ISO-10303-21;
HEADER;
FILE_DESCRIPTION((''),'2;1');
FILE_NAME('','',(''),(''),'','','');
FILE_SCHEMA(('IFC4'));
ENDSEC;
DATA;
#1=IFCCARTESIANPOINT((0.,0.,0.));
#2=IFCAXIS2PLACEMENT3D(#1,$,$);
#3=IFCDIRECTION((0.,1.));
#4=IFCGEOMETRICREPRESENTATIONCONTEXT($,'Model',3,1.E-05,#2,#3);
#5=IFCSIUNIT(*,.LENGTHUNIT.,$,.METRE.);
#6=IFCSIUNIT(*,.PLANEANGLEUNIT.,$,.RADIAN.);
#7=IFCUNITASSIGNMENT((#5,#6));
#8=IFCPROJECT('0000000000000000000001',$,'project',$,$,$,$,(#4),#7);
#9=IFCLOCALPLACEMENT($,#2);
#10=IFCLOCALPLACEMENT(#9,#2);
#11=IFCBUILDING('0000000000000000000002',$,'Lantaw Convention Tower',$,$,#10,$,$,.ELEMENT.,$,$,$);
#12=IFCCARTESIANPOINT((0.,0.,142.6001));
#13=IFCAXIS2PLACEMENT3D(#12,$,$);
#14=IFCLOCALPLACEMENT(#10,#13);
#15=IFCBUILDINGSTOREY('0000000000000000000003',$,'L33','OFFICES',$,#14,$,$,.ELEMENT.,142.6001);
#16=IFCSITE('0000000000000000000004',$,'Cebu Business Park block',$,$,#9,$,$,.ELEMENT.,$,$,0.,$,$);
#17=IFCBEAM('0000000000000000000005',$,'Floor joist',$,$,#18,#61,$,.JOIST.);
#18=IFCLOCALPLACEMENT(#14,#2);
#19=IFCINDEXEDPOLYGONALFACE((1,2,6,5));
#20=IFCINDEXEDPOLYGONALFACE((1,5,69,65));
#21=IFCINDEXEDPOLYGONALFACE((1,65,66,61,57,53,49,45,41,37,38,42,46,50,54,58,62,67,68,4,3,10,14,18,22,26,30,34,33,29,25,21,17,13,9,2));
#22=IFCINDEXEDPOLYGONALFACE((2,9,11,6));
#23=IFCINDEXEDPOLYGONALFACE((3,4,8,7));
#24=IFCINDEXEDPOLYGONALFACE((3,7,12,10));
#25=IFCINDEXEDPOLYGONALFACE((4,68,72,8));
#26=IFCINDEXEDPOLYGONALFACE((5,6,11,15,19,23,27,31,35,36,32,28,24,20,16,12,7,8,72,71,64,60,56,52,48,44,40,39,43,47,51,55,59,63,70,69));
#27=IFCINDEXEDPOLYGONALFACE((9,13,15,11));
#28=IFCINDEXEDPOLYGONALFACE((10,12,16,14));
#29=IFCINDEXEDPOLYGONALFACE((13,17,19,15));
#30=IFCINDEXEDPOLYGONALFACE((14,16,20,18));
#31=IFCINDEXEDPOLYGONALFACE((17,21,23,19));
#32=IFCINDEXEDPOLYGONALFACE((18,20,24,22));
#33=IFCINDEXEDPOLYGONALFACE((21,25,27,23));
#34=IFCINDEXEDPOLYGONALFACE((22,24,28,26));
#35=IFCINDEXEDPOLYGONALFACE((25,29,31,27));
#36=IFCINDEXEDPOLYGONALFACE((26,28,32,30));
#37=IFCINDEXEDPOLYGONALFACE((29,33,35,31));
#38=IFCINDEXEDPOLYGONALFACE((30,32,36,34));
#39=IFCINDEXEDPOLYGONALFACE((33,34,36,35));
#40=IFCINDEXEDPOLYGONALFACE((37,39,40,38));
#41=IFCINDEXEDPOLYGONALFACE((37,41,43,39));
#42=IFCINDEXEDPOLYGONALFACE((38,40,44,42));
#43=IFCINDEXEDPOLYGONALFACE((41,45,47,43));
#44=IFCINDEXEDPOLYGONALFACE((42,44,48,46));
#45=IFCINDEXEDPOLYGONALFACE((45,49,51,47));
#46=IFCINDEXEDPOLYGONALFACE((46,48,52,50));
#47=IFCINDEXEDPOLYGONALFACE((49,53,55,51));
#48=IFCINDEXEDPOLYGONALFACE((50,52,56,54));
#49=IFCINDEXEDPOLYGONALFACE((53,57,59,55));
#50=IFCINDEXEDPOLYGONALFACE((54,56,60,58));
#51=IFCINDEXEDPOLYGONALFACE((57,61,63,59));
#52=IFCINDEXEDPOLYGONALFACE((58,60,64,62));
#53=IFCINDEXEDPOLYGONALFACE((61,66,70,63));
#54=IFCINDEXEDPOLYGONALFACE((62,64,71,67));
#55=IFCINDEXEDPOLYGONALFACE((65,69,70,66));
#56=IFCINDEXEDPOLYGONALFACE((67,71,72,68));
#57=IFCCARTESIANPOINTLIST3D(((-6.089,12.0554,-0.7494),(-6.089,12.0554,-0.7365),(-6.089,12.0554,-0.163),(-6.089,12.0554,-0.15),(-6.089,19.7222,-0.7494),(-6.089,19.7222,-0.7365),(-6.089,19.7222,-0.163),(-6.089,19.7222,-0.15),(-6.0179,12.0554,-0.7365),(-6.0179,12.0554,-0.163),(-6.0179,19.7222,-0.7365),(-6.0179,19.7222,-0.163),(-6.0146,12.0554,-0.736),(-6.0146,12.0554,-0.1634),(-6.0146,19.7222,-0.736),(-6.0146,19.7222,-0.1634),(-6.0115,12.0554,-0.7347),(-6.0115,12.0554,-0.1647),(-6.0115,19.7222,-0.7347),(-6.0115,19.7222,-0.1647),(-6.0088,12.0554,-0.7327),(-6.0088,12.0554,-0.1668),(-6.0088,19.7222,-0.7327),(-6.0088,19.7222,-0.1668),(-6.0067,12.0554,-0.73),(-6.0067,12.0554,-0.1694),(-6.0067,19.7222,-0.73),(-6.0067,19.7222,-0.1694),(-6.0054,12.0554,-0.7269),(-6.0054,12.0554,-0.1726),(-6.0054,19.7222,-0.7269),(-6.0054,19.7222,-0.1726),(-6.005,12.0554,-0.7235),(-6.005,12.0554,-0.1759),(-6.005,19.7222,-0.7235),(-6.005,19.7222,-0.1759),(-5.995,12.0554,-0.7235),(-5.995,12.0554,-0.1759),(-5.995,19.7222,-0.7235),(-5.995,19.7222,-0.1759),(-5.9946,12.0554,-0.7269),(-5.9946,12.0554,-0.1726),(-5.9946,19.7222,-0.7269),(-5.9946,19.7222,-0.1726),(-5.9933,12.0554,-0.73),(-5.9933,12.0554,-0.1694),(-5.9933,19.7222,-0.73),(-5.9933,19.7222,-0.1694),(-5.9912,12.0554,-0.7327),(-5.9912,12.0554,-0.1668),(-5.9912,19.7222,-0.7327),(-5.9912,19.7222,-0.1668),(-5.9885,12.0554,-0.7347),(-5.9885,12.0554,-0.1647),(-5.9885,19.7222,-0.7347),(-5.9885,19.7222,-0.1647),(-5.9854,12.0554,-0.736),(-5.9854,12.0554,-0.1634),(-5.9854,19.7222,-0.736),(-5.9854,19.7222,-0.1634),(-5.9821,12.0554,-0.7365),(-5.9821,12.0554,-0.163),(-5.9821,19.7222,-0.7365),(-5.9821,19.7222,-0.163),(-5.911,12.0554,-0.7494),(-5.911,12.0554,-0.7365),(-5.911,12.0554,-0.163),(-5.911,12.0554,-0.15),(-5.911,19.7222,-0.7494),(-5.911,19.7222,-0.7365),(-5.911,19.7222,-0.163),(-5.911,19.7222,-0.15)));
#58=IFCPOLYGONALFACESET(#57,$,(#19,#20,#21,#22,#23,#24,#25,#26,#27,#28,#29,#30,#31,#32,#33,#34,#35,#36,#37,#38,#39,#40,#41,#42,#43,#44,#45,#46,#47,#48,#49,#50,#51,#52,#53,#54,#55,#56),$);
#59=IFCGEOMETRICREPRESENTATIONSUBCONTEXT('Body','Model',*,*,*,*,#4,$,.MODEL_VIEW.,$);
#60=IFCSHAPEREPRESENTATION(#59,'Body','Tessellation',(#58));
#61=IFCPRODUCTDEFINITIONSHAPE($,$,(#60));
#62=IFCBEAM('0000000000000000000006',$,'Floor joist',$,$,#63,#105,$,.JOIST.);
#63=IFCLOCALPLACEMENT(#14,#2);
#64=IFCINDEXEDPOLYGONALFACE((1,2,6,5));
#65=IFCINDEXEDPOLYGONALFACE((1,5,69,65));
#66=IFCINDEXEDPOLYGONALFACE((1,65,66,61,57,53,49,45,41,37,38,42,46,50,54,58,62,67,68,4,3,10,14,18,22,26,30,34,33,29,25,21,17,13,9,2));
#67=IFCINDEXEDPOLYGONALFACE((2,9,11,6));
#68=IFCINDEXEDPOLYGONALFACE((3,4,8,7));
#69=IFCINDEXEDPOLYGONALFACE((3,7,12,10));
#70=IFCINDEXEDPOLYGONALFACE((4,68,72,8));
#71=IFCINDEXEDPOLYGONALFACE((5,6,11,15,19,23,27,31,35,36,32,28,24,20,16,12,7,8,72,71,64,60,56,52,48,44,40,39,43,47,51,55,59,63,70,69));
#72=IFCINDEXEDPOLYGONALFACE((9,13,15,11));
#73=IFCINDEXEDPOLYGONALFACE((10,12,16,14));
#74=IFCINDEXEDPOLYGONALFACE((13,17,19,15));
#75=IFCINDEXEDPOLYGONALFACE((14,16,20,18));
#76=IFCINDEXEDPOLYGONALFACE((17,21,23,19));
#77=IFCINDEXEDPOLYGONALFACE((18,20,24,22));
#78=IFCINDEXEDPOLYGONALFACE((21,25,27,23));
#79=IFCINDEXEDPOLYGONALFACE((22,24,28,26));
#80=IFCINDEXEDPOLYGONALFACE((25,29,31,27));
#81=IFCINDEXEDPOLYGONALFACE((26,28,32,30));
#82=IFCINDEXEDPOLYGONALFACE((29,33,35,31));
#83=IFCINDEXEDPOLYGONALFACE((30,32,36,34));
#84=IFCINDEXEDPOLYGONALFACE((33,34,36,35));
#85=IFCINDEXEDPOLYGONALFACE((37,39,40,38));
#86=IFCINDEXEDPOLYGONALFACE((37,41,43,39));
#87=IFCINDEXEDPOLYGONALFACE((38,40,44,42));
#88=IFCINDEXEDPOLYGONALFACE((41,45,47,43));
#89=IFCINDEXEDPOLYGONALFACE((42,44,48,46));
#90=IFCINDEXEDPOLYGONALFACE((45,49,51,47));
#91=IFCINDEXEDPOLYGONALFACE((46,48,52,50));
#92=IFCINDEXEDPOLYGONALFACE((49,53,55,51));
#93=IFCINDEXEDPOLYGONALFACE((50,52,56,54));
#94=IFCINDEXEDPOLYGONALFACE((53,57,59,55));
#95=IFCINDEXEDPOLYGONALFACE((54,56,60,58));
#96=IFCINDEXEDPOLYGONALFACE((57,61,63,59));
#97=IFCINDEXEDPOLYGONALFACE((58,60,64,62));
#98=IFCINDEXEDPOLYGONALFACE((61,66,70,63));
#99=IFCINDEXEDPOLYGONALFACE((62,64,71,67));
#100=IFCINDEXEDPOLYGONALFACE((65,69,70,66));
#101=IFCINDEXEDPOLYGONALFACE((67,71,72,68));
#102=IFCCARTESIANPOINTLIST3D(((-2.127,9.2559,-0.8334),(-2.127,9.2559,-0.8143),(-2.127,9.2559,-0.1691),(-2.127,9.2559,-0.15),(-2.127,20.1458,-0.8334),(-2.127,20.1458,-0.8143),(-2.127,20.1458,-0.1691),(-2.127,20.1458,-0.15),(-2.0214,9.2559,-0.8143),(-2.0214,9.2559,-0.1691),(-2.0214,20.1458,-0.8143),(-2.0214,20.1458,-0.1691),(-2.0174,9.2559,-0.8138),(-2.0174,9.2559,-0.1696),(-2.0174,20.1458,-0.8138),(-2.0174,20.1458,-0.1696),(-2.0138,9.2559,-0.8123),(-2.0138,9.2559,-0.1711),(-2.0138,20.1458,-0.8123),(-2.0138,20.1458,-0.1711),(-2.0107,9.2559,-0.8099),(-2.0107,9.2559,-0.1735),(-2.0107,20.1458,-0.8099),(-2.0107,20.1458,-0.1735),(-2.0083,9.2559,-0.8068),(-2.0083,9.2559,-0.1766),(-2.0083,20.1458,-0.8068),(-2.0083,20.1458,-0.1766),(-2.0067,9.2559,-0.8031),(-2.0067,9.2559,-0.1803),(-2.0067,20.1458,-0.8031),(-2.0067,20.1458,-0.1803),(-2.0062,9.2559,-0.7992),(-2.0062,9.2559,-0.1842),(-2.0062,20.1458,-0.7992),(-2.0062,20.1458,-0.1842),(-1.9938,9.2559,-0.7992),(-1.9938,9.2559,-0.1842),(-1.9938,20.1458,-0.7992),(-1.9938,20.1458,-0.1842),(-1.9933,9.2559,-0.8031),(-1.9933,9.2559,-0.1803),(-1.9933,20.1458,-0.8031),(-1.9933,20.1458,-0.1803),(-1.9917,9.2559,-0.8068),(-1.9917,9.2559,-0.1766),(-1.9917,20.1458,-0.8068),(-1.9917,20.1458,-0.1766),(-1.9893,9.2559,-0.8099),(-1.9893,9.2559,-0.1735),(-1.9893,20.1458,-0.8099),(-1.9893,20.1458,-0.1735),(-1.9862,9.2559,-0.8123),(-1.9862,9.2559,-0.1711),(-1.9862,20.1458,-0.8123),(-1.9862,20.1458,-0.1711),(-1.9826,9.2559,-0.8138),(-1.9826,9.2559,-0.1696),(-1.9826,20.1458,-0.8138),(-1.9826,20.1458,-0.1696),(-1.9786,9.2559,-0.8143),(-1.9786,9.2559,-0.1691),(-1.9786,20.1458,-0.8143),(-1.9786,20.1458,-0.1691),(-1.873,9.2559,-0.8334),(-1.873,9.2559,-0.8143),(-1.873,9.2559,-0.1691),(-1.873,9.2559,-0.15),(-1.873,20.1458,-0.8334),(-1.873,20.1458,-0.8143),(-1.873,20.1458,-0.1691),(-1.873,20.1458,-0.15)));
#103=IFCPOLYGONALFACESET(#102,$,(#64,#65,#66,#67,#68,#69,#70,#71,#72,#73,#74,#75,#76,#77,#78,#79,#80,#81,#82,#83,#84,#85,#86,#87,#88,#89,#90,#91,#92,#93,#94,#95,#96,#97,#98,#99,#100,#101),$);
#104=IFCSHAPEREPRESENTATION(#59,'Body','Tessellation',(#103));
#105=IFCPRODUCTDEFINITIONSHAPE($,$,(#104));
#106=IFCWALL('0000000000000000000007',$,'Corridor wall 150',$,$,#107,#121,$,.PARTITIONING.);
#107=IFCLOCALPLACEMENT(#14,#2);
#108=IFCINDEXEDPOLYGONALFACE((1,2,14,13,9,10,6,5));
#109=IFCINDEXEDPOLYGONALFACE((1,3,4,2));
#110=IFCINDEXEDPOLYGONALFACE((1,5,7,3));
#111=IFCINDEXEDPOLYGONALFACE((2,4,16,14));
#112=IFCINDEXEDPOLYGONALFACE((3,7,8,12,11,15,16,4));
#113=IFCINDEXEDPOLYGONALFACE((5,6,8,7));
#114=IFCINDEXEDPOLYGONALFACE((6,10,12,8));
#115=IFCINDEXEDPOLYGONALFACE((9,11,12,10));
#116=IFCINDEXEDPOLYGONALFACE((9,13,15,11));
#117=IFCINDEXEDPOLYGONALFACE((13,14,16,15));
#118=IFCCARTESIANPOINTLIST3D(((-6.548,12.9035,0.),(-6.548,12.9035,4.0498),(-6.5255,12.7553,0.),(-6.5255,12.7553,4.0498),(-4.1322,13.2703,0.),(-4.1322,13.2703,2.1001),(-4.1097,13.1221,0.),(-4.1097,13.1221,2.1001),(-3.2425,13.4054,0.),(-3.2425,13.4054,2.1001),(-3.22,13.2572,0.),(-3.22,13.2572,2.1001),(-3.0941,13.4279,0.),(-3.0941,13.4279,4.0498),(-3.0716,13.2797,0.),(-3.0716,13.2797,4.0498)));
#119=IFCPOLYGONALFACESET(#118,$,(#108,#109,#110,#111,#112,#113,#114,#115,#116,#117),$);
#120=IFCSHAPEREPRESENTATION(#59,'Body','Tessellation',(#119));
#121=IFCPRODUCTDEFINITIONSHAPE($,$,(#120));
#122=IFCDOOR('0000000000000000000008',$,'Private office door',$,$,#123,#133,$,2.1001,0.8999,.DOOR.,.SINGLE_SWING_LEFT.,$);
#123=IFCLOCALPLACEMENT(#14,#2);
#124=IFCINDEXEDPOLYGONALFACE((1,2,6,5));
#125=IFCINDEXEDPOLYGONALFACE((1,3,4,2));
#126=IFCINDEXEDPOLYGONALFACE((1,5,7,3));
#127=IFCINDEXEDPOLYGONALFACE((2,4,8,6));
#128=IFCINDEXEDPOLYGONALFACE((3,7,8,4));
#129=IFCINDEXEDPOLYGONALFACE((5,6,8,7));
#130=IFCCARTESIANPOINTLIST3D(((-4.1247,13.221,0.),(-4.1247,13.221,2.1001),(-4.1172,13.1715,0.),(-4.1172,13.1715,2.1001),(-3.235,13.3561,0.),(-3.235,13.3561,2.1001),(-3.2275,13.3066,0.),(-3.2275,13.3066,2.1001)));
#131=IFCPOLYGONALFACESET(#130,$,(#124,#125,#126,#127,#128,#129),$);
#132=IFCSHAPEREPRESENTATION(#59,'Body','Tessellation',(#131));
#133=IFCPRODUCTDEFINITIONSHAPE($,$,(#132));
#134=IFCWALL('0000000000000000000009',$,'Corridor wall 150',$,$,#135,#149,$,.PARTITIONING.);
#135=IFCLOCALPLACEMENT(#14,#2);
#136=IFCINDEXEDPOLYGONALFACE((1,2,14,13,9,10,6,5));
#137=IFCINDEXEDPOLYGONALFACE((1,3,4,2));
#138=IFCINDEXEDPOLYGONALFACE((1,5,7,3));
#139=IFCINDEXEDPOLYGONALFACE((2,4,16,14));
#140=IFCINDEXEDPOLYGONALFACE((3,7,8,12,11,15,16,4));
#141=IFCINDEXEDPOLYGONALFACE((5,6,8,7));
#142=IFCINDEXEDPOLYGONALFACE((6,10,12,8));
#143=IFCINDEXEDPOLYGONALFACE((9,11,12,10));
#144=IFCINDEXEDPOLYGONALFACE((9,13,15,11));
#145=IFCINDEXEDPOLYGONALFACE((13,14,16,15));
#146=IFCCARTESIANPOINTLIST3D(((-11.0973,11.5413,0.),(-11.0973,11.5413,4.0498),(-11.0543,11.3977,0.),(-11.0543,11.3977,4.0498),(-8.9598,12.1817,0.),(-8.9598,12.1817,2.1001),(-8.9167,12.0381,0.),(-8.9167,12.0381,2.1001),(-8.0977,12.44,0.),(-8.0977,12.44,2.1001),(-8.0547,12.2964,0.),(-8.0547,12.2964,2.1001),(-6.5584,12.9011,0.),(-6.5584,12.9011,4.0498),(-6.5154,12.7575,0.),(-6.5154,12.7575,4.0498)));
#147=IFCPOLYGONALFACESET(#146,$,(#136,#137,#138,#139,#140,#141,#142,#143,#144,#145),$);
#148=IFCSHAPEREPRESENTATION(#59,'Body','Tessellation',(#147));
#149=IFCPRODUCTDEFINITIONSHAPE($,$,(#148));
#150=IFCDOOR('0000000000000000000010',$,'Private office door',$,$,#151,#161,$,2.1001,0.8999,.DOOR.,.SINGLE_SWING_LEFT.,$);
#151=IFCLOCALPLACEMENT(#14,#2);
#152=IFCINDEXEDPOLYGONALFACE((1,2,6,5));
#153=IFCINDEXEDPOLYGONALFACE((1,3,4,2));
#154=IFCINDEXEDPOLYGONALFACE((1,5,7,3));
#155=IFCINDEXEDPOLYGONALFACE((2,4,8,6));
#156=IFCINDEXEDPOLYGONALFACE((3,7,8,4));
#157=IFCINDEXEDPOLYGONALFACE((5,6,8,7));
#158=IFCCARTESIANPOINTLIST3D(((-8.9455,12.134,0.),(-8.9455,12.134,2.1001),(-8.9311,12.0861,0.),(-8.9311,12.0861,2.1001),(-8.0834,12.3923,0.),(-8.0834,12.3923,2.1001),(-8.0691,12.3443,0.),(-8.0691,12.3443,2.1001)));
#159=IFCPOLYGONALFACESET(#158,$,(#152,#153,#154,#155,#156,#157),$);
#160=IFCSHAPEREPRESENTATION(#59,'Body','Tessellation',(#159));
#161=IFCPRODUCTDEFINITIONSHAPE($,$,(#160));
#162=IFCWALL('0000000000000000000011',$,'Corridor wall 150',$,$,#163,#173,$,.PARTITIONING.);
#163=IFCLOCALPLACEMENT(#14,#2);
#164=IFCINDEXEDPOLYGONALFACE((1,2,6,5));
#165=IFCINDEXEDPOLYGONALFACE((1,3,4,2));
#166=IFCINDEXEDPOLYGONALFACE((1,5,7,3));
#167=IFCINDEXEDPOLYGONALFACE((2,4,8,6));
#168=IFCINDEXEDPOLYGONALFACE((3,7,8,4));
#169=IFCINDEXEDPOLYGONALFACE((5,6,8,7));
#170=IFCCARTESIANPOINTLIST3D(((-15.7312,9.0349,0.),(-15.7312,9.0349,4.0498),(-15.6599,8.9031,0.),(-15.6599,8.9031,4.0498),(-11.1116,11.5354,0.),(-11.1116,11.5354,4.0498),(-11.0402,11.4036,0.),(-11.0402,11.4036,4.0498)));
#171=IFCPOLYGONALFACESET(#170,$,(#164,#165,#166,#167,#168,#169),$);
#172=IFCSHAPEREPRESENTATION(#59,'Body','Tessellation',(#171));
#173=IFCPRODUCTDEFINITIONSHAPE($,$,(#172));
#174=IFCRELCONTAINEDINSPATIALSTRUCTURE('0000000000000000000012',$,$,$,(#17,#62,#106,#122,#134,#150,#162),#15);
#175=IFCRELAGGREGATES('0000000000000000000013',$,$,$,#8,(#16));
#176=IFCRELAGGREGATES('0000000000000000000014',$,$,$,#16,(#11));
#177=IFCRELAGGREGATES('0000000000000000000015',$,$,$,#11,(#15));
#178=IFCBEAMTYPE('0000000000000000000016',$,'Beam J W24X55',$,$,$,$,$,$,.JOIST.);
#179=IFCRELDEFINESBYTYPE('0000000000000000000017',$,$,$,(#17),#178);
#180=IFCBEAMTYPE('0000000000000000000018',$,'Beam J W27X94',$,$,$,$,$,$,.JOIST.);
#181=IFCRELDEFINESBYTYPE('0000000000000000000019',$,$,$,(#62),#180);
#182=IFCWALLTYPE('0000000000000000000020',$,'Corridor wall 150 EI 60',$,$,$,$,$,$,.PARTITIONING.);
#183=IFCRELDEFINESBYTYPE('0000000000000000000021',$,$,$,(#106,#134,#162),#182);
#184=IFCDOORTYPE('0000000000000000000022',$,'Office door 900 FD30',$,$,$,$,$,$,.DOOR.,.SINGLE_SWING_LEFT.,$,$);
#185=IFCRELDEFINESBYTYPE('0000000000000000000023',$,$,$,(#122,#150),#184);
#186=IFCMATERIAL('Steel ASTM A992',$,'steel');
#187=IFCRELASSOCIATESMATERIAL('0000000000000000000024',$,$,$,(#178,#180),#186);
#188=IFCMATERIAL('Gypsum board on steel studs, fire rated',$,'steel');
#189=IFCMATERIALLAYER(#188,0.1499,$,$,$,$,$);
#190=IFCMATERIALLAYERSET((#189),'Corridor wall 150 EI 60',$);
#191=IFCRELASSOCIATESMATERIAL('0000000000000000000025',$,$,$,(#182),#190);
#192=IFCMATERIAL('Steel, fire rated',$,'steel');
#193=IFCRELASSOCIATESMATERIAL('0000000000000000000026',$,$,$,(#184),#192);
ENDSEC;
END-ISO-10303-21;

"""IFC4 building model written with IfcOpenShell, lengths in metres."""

from ifc_helpers import new_model, si_unit, direction, frame, frame_2d, origin, origin_2d, place, context, subcontext, project, spatial, rectangle, i_section, extrude, material, layer, layer_set, material_profile, profile_set, type_object, element, fill, save


model = new_model("IFC4")

# Units and contexts
model_context = context("Model", 3, precision=1e-05, world=origin(), true_north=direction((0.0, 1.0)))
body_context = subcontext(model_context, "Body", "Model", "MODEL_VIEW")
ifc_project = project(units=[si_unit("LENGTHUNIT", "METRE"), si_unit("PLANEANGLEUNIT", "RADIAN")], contexts=[model_context])

# Site, building, storey
site_placement = place(None, origin())
site = spatial("IfcSite", under=ifc_project, at=site_placement, Name="Cebu Business Park block", CompositionType="ELEMENT", RefElevation=0.0)
building_placement = place(site_placement, origin())
building = spatial("IfcBuilding", under=site, at=building_placement, Name="Lantaw Convention Tower", CompositionType="ELEMENT")
storey_placement = place(building_placement, frame((0.0, 0.0, 142.6001)))
storey = spatial("IfcBuildingStorey", under=building, at=storey_placement, Name="L33", Description="OFFICES", CompositionType="ELEMENT", Elevation=142.6001)

# Beams
ifc_material_1 = material(Name="Steel ASTM A992", Category="steel")
ifc_material_profile_1 = material_profile(ifc_material_1, i_section(OverallWidth=0.178, OverallDepth=0.5994, WebThickness=0.01, FlangeThickness=0.0129, FilletRadius=0.0129, at=origin_2d()), Name="W24X55")
ifc_profile_set_1 = profile_set([ifc_material_profile_1], Name="Steel ASTM A992")
beam_type_1 = type_object("IfcBeamType", Name="Beam J W24X55", PredefinedType="JOIST", material=ifc_profile_set_1)
beam_1_placement = place(storey_placement, frame((-6.0, 12.0554, -0.4497), z_axis=(0.0, 1.0, 0.0), x_axis=(-1.0, 0.0, 0.0)))
element("IfcBeam", 1, at=beam_1_placement, inside=storey, type_object=beam_type_1, Name="Floor joist", PredefinedType="JOIST", context=body_context, shape_type="SweptSolid", body=[
    extrude(i_section(OverallWidth=0.178, OverallDepth=0.5994, WebThickness=0.01, FlangeThickness=0.0129, FilletRadius=0.0129, at=origin_2d()), origin(), (0.0, 0.0, 1.0), 7.6667),
])
ifc_material_profile_2 = material_profile(ifc_material_1, i_section(OverallWidth=0.2539, OverallDepth=0.6833, WebThickness=0.0125, FlangeThickness=0.019, FilletRadius=0.0151, at=origin_2d()), Name="W27X94")
ifc_profile_set_2 = profile_set([ifc_material_profile_2], Name="Steel ASTM A992")
beam_type_2 = type_object("IfcBeamType", Name="Beam J W27X94", PredefinedType="JOIST", material=ifc_profile_set_2)
beam_2_placement = place(storey_placement, frame((-2.0, 9.2559, -0.4917), z_axis=(0.0, 1.0, 0.0), x_axis=(-1.0, 0.0, 0.0)))
element("IfcBeam", 2, at=beam_2_placement, inside=storey, type_object=beam_type_2, Name="Floor joist", PredefinedType="JOIST", context=body_context, shape_type="SweptSolid", body=[
    extrude(i_section(OverallWidth=0.2539, OverallDepth=0.6833, WebThickness=0.0125, FlangeThickness=0.019, FilletRadius=0.0151, at=origin_2d()), origin(), (0.0, 0.0, 1.0), 10.8899),
])

# Walls, openings, doors
ifc_material_2 = material(Name="Gypsum board on steel studs, fire rated", Category="steel")
ifc_layer_1 = layer(ifc_material_2, 0.1499)
ifc_layer_set_1 = layer_set([ifc_layer_1], Name="Corridor wall 150 EI 60")
wall_type_1 = type_object("IfcWallType", Name="Corridor wall 150 EI 60", PredefinedType="PARTITIONING", material=ifc_layer_set_1)
wall_1_placement = place(storey_placement, frame((-3.083, 13.3538, 0.0), z_axis=(0.0, 0.0, 1.0), x_axis=(-0.988669, -0.150114, 0.0)))
wall_1 = element("IfcWall", 3, at=wall_1_placement, inside=storey, type_object=wall_type_1, Name="Corridor wall 150", PredefinedType="PARTITIONING", context=body_context, shape_type="SweptSolid", body=[
    extrude(rectangle(XDim=3.4934, YDim=0.1499, at=frame_2d((1.7466, 0.0))), origin(), (0.0, 0.0, 1.0), 4.0498),
])
opening_1_placement = place(wall_1_placement, frame((0.1499, 0.0, 0.0)))
opening_1 = element("IfcOpeningElement", 4, at=opening_1_placement, cuts=wall_1, PredefinedType="OPENING", context=body_context, shape_type="SweptSolid", body=[
    extrude(rectangle(XDim=0.8999, YDim=2.1001, at=frame_2d((0.45, 1.05))), frame((0.0, 0.085, 0.0), z_axis=(0.0, -1.0, 0.0), x_axis=(1.0, 0.0, 0.0)), (0.0, 0.0, 1.0), 0.1699),
])
ifc_material_3 = material(Name="Steel, fire rated", Category="steel")
door_type_1 = type_object("IfcDoorType", Name="Office door 900 FD30", OperationType="SINGLE_SWING_LEFT", PredefinedType="DOOR", material=ifc_material_3)
door_1_placement = place(opening_1_placement, origin())
door_1 = element("IfcDoor", 5, at=door_1_placement, inside=storey, type_object=door_type_1, Name="Private office door", OperationType="SINGLE_SWING_LEFT", OverallHeight=2.1001, OverallWidth=0.8999, PredefinedType="DOOR", context=body_context, shape_type="SweptSolid", body=[
    extrude(rectangle(XDim=0.8999, YDim=2.1001, at=frame_2d((0.45, 1.05))), frame((0.0, 0.0249, 0.0), z_axis=(0.0, -1.0, 0.0), x_axis=(1.0, 0.0, 0.0)), (0.0, 0.0, 1.0), 0.05),
])
fill(opening_1, door_1)
wall_2_placement = place(storey_placement, frame((-6.5369, 12.8293, 0.0), z_axis=(0.0, 0.0, 1.0), x_axis=(-0.957934, -0.286989, 0.0)))
wall_2 = element("IfcWall", 6, at=wall_2_placement, inside=storey, type_object=wall_type_1, Name="Corridor wall 150", PredefinedType="PARTITIONING", context=body_context, shape_type="SweptSolid", body=[
    extrude(rectangle(XDim=4.7383, YDim=0.1499, at=frame_2d((2.3691, 0.0))), origin(), (0.0, 0.0, 1.0), 4.0498),
])
opening_2_placement = place(wall_2_placement, frame((1.6069, 0.0, 0.0)))
opening_2 = element("IfcOpeningElement", 7, at=opening_2_placement, cuts=wall_2, PredefinedType="OPENING", context=body_context, shape_type="SweptSolid", body=[
    extrude(rectangle(XDim=0.8999, YDim=2.1001, at=frame_2d((0.45, 1.05))), frame((0.0, 0.085, 0.0), z_axis=(0.0, -1.0, 0.0), x_axis=(1.0, 0.0, 0.0)), (0.0, 0.0, 1.0), 0.1699),
])
door_2_placement = place(opening_2_placement, origin())
door_2 = element("IfcDoor", 8, at=door_2_placement, inside=storey, type_object=door_type_1, Name="Private office door", OperationType="SINGLE_SWING_LEFT", OverallHeight=2.1001, OverallWidth=0.8999, PredefinedType="DOOR", context=body_context, shape_type="SweptSolid", body=[
    extrude(rectangle(XDim=0.8999, YDim=2.1001, at=frame_2d((0.45, 1.05))), frame((0.0, 0.0249, 0.0), z_axis=(0.0, -1.0, 0.0), x_axis=(1.0, 0.0, 0.0)), (0.0, 0.0, 1.0), 0.05),
])
fill(opening_2, door_2)

# Wall
wall_3_placement = place(storey_placement, frame((-11.0759, 11.4695, 0.0), z_axis=(0.0, 0.0, 1.0), x_axis=(-0.879436, -0.476017, 0.0)))
element("IfcWall", 9, at=wall_3_placement, inside=storey, type_object=wall_type_1, Name="Corridor wall 150", PredefinedType="PARTITIONING", context=body_context, shape_type="SweptSolid", body=[
    extrude(rectangle(XDim=5.2529, YDim=0.1499, at=frame_2d((2.6265, 0.0))), origin(), (0.0, 0.0, 1.0), 4.0498),
])

save(model, "model.ifc")
